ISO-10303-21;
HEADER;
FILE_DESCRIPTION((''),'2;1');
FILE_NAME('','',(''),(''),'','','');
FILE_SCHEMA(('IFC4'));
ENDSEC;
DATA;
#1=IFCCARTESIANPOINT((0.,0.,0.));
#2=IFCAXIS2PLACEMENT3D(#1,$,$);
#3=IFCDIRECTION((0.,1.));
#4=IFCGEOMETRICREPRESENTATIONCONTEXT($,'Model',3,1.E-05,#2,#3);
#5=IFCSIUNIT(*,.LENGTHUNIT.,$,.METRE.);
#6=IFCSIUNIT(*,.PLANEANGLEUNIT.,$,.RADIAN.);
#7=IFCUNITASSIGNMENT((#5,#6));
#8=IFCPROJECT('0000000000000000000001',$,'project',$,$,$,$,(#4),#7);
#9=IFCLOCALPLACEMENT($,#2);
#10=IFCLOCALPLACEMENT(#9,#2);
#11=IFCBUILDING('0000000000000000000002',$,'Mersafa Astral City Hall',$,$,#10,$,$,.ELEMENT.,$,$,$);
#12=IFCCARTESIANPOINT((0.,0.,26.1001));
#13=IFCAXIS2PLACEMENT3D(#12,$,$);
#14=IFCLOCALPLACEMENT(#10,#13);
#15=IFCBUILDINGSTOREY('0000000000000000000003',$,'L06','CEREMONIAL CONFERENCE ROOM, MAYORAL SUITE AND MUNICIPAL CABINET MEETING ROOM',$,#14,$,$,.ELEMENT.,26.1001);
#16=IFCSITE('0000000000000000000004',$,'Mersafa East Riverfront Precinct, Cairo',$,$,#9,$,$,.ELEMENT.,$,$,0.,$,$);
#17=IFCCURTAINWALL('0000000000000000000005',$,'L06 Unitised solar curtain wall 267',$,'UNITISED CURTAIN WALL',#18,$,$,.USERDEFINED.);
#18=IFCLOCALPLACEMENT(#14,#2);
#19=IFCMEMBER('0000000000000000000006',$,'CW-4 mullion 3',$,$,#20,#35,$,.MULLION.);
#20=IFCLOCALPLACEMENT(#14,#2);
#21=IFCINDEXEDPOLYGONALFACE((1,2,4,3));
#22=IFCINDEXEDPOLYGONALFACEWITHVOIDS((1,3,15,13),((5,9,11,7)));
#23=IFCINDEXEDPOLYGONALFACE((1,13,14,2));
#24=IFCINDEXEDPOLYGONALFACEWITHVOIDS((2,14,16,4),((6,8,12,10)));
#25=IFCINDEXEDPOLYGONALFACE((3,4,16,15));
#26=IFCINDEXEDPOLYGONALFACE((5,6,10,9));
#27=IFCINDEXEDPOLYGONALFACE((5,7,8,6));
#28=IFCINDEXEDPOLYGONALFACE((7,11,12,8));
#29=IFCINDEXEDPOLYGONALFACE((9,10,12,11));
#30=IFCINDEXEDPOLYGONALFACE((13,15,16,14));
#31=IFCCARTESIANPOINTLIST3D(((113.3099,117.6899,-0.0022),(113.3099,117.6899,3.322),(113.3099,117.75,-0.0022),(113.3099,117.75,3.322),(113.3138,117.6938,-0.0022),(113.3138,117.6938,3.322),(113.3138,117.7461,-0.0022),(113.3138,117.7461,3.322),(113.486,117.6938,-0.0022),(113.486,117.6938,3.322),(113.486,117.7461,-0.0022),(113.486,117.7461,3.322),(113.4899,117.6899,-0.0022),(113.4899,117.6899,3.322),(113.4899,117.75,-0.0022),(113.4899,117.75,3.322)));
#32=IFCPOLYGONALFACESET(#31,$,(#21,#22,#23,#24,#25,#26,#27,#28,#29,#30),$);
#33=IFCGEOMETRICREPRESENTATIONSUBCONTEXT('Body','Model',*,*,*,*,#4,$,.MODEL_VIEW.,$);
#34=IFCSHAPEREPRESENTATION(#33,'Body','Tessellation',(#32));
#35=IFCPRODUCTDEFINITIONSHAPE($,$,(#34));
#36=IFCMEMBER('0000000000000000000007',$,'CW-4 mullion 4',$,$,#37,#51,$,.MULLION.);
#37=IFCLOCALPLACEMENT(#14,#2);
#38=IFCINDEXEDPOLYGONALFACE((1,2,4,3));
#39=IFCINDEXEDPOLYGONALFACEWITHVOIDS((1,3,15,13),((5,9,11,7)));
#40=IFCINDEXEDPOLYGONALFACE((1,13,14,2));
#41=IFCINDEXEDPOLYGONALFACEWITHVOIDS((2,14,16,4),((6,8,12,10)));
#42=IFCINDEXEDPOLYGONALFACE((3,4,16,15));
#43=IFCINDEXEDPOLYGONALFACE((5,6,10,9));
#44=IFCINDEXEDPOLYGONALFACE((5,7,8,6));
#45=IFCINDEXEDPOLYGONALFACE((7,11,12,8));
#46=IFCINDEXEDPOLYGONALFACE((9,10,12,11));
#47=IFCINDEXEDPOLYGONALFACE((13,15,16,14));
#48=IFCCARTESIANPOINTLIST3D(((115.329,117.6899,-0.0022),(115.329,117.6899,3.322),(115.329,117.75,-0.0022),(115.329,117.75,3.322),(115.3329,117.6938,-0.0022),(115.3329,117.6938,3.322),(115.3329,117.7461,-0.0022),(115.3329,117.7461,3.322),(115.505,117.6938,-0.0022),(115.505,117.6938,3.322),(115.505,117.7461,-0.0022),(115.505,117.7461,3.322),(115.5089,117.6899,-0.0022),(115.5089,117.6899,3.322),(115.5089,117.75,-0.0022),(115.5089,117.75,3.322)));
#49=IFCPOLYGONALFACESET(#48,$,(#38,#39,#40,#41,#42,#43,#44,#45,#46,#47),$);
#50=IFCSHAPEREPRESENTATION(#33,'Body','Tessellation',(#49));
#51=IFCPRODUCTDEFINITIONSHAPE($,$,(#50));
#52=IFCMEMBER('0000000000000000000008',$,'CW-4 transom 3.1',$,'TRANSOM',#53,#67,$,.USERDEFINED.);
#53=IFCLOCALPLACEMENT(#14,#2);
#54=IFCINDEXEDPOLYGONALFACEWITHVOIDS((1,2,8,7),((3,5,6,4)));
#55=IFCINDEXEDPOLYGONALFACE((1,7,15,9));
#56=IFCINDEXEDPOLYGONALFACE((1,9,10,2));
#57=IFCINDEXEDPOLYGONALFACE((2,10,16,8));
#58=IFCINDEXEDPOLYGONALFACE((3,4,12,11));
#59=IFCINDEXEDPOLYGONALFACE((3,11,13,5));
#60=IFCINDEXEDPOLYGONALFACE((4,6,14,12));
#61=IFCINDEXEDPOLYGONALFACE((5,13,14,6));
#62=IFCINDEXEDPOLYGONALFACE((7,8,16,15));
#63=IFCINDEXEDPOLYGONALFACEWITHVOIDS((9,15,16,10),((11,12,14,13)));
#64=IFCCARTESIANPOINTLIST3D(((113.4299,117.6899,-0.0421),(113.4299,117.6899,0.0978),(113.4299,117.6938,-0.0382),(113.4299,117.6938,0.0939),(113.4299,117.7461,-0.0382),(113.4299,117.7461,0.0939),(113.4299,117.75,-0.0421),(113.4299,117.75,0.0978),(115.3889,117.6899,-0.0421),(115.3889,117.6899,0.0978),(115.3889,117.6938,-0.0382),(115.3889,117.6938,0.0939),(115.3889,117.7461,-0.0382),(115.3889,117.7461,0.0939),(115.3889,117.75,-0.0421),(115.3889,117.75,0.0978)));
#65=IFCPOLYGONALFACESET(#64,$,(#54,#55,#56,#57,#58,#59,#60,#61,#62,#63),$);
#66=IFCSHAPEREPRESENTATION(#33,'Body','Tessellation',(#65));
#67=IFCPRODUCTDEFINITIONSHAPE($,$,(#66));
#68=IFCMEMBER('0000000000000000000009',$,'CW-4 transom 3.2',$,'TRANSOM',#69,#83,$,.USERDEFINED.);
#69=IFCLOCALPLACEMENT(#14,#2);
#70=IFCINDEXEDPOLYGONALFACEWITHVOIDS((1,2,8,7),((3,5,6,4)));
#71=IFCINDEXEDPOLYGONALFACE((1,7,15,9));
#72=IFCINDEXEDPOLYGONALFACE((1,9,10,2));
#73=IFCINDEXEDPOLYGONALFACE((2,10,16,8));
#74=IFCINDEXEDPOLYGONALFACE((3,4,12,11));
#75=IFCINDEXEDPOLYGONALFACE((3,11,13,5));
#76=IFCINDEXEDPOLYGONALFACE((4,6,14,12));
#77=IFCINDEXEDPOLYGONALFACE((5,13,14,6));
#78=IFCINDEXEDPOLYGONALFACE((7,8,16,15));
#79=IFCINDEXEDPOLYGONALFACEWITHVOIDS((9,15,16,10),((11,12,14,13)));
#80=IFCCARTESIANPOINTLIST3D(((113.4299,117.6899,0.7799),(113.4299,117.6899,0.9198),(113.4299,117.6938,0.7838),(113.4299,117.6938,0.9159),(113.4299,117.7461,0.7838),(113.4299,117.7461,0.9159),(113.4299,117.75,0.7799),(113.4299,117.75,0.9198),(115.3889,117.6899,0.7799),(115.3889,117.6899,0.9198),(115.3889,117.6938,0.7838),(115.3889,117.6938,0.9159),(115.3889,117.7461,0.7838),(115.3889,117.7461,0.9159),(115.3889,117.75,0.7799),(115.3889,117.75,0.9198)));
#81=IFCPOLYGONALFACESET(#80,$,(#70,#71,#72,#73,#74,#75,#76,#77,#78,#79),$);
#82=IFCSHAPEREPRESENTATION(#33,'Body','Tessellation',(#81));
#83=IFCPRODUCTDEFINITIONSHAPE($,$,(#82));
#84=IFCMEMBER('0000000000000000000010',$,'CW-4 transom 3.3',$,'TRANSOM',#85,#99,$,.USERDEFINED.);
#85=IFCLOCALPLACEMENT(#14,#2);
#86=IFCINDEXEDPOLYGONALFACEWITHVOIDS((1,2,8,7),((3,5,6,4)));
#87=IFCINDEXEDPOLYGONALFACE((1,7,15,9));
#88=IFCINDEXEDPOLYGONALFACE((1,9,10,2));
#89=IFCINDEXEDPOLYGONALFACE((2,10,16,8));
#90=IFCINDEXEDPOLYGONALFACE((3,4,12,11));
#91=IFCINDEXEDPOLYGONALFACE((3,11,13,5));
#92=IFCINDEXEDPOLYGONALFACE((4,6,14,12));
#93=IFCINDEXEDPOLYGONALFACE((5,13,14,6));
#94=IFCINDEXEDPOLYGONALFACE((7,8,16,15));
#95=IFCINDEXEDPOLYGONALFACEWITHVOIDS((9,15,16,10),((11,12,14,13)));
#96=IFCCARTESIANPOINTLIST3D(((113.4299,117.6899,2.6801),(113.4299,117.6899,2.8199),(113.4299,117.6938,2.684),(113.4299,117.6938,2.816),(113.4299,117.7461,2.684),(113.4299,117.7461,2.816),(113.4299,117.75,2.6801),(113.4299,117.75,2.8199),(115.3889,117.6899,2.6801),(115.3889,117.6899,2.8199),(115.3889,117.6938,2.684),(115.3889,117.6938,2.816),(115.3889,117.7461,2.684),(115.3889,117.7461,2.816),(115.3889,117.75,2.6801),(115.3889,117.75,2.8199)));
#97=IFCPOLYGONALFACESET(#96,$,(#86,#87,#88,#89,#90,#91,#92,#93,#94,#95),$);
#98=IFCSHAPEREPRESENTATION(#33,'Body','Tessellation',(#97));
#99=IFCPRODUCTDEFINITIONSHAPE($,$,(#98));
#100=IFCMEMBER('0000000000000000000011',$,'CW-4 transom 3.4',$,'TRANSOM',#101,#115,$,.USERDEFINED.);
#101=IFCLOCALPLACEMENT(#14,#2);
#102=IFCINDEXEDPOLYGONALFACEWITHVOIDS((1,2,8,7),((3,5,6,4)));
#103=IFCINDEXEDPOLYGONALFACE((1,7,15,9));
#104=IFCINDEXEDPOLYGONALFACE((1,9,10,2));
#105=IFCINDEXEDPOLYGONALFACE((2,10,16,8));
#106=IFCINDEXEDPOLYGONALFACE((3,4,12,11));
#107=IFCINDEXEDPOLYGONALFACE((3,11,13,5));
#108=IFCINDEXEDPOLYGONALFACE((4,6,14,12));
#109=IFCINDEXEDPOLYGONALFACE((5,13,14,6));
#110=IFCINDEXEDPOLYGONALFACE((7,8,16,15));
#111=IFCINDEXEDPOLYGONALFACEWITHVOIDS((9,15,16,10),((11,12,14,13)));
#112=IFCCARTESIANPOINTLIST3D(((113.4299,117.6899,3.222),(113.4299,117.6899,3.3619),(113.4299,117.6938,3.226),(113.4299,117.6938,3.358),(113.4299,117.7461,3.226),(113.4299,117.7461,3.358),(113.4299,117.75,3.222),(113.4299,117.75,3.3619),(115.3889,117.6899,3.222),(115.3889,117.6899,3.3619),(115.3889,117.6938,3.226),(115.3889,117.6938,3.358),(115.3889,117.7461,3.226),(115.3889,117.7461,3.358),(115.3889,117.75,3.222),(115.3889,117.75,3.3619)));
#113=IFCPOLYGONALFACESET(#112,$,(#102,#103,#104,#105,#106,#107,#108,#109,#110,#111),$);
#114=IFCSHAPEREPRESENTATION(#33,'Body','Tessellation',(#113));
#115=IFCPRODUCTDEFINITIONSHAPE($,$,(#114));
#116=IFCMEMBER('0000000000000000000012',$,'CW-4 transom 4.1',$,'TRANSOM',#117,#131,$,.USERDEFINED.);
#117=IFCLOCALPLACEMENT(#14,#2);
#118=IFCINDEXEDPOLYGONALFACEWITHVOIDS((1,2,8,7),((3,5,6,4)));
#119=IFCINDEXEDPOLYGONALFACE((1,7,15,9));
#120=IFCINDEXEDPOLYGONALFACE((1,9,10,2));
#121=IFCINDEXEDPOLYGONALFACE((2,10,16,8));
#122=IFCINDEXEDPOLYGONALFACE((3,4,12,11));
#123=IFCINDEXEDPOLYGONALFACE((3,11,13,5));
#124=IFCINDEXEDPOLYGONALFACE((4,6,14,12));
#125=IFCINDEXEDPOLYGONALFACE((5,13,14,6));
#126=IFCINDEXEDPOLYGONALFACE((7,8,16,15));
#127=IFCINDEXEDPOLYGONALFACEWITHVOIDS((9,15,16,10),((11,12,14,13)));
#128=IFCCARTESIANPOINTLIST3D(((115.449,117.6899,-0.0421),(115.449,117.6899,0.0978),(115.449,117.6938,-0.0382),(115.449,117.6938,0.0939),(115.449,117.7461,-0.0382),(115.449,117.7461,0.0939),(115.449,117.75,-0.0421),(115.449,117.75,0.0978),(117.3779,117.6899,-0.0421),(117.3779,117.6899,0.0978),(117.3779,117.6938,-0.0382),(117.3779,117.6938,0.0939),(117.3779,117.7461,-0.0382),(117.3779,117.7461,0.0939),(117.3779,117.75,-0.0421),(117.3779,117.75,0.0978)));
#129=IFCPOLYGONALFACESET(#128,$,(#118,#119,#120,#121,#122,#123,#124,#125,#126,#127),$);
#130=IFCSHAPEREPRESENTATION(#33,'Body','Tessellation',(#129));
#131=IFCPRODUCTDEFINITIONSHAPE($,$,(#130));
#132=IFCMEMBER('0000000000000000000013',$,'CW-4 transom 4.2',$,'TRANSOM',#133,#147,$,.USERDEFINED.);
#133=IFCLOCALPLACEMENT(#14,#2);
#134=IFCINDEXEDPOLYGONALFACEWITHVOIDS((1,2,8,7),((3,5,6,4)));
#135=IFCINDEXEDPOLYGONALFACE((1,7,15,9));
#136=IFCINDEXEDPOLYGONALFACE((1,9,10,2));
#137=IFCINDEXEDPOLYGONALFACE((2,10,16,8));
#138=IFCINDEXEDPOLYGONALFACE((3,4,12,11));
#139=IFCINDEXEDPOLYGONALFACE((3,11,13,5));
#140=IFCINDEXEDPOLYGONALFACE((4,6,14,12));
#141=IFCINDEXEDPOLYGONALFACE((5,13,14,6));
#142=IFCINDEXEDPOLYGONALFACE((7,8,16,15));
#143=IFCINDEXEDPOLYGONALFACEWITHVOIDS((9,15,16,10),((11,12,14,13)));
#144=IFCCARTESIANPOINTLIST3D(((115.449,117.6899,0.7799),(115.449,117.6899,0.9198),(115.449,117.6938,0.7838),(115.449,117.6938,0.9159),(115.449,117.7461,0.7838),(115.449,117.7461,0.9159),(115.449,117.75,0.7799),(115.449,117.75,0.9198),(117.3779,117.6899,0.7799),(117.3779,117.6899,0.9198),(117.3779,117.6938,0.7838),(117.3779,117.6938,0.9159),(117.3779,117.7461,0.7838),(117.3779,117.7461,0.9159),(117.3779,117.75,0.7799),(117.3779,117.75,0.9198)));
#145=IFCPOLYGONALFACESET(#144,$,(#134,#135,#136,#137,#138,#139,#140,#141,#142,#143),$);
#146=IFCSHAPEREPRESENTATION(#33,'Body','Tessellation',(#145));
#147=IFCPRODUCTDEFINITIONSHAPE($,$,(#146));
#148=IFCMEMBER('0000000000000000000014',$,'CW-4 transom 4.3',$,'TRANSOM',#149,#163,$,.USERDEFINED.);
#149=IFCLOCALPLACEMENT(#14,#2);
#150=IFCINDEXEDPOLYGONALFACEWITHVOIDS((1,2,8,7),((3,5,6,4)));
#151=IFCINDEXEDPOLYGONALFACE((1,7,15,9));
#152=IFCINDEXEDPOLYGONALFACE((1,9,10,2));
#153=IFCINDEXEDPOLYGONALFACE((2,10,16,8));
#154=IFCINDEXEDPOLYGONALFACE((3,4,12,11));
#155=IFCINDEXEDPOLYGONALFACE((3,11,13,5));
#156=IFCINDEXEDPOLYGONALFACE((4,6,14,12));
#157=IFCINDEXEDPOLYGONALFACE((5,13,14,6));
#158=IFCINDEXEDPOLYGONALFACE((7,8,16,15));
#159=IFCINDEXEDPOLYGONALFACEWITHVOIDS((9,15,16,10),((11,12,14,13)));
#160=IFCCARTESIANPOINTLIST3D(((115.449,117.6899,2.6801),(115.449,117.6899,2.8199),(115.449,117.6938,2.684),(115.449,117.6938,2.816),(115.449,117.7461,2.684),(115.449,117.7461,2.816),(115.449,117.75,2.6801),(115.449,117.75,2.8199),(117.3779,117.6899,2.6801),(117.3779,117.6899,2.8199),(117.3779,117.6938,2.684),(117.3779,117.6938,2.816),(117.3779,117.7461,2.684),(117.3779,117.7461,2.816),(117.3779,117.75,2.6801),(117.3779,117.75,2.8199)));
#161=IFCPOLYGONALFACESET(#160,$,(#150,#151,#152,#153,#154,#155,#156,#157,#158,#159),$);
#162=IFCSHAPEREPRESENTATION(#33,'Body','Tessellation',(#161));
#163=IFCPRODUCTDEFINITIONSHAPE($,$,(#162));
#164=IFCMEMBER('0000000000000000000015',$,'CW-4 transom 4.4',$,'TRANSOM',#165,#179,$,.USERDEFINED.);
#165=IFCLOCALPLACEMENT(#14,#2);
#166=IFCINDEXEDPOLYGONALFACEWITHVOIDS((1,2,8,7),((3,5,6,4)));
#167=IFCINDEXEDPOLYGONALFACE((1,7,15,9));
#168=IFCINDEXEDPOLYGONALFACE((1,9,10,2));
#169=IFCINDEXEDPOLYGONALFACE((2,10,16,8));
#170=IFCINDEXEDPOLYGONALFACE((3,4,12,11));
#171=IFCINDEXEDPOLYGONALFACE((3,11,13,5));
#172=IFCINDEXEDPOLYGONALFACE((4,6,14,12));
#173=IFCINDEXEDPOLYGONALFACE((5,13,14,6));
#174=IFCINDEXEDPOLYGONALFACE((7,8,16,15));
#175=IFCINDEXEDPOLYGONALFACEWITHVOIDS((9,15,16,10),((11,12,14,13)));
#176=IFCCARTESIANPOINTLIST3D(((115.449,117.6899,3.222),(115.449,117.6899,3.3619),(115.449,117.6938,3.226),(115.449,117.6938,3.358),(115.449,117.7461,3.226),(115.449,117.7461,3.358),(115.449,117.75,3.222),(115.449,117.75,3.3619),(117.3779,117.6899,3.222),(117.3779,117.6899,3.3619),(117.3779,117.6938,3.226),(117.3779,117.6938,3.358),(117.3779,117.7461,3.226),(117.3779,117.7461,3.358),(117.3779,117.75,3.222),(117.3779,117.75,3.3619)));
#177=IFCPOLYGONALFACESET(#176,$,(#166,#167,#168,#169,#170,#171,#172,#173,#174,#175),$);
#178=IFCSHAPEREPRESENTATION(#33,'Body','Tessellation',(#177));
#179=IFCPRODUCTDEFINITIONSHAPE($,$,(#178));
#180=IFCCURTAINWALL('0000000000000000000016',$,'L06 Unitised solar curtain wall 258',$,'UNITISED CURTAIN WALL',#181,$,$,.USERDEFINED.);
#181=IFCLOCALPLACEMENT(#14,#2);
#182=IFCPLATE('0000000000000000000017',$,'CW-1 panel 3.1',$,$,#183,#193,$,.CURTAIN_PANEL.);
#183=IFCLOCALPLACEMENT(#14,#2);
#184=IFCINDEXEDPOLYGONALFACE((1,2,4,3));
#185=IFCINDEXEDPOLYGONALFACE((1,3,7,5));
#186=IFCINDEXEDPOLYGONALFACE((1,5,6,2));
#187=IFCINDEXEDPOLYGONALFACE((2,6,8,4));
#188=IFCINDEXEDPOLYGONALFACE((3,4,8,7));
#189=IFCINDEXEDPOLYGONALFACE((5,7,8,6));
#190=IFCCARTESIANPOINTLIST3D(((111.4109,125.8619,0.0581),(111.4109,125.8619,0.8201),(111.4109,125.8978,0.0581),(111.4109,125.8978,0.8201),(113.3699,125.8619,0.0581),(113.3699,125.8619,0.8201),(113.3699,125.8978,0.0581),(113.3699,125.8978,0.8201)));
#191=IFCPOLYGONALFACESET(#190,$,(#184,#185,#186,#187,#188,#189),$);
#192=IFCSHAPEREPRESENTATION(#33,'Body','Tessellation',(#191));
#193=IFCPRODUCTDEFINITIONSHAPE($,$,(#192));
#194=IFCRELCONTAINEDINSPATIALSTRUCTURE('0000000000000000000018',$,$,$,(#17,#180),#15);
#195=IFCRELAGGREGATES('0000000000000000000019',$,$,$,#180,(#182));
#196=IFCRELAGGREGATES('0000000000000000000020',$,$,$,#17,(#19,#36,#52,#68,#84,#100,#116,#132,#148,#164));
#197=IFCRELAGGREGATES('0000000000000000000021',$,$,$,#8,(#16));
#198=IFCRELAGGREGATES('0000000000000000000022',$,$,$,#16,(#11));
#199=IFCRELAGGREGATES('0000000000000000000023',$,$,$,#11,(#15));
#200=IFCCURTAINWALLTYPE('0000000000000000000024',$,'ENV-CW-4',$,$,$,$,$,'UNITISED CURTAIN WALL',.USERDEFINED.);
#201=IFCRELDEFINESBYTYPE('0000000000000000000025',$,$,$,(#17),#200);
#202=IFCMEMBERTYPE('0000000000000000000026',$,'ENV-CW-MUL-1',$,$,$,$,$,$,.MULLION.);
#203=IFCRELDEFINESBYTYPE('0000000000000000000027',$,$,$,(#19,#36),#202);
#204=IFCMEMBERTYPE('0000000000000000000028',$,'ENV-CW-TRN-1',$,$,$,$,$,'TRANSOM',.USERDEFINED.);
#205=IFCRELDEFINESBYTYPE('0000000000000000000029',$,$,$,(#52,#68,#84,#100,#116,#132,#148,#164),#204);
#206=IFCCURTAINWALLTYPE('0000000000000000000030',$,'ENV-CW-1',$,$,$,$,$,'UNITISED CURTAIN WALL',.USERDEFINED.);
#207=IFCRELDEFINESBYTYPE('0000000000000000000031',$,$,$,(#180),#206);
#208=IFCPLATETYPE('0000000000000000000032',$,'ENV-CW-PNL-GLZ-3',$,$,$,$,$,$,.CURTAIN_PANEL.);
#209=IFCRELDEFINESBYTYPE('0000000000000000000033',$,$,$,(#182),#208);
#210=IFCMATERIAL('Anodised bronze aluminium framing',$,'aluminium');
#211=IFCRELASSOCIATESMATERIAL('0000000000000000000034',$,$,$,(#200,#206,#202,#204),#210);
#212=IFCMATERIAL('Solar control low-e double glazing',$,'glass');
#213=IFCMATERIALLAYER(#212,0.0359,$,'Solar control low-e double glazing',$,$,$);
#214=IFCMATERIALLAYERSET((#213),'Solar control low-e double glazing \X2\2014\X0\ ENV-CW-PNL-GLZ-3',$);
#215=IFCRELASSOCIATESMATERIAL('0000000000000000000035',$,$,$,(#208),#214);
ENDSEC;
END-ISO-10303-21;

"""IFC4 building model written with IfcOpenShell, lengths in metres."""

from ifc_helpers import new_model, si_unit, direction, frame, origin, origin_2d, place, context, subcontext, project, spatial, rectangle, hollow_rectangle, extrude, material, layer, layer_set, material_profile, profile_set, type_object, element, aggregate, save


model = new_model("IFC4")

# Units and contexts
model_context = context("Model", 3, precision=1e-05, world=origin(), true_north=direction((0.0, 1.0)))
body_context = subcontext(model_context, "Body", "Model", "MODEL_VIEW")
ifc_project = project(units=[si_unit("LENGTHUNIT", "METRE"), si_unit("PLANEANGLEUNIT", "RADIAN")], contexts=[model_context])

# Site, building, storey
site_placement = place(None, origin())
site = spatial("IfcSite", under=ifc_project, at=site_placement, Name="Mersafa East Riverfront Precinct, Cairo", CompositionType="ELEMENT", RefElevation=0.0)
building_placement = place(site_placement, origin())
building = spatial("IfcBuilding", under=site, at=building_placement, Name="Mersafa Astral City Hall", CompositionType="ELEMENT")
storey_placement = place(building_placement, frame((0.0, 0.0, 26.1001)))
storey = spatial("IfcBuildingStorey", under=building, at=storey_placement, Name="L06", Description="CEREMONIAL CONFERENCE ROOM, MAYORAL SUITE AND MUNICIPAL CABINET MEETING ROOM", CompositionType="ELEMENT", Elevation=26.1001)

# Curtain wall, members
ifc_material_1 = material(Name="Anodised bronze aluminium framing", Category="aluminium")
curtain_wall_type_1 = type_object("IfcCurtainWallType", Name="ENV-CW-4", ElementType="UNITISED CURTAIN WALL", PredefinedType="USERDEFINED", material=ifc_material_1)
curtain_wall_1_placement = place(storey_placement, origin())
curtain_wall_1 = element("IfcCurtainWall", 1, at=curtain_wall_1_placement, inside=storey, type_object=curtain_wall_type_1, Name="L06 Unitised solar curtain wall 267", ObjectType="UNITISED CURTAIN WALL", PredefinedType="USERDEFINED")
ifc_material_profile_1 = material_profile(ifc_material_1, hollow_rectangle(XDim=0.0601, YDim=0.1799, WallThickness=0.0039, at=origin_2d()), Name="RHS 60x180x4")
ifc_profile_set_1 = profile_set([ifc_material_profile_1], Name="Anodised bronze aluminium framing")
member_type_1 = type_object("IfcMemberType", Name="ENV-CW-MUL-1", PredefinedType="MULLION", material=ifc_profile_set_1)
member_1_placement = place(storey_placement, frame((113.3999, 117.72, -0.0022), z_axis=(0.0, 0.0, 1.0), x_axis=(0.0, 1.0, 0.0)))
member_1 = element("IfcMember", 2, at=member_1_placement, type_object=member_type_1, Name="CW-4 mullion 3", PredefinedType="MULLION", context=body_context, shape_type="SweptSolid", body=[
    extrude(hollow_rectangle(XDim=0.0601, YDim=0.1799, WallThickness=0.0039, at=origin_2d()), origin(), (0.0, 0.0, 1.0), 3.3242),
])
member_2_placement = place(storey_placement, frame((115.4189, 117.72, -0.0022), z_axis=(0.0, 0.0, 1.0), x_axis=(0.0, 1.0, 0.0)))
member_2 = element("IfcMember", 3, at=member_2_placement, type_object=member_type_1, Name="CW-4 mullion 4", PredefinedType="MULLION", context=body_context, shape_type="SweptSolid", body=[
    extrude(hollow_rectangle(XDim=0.0601, YDim=0.1799, WallThickness=0.0039, at=origin_2d()), origin(), (0.0, 0.0, 1.0), 3.3242),
])
ifc_material_profile_2 = material_profile(ifc_material_1, hollow_rectangle(XDim=0.0601, YDim=0.1399, WallThickness=0.0039, at=origin_2d()), Name="RHS 60x140x4")
ifc_profile_set_2 = profile_set([ifc_material_profile_2], Name="Anodised bronze aluminium framing")
member_type_2 = type_object("IfcMemberType", Name="ENV-CW-TRN-1", ElementType="TRANSOM", PredefinedType="USERDEFINED", material=ifc_profile_set_2)
member_3_placement = place(storey_placement, frame((113.4299, 117.72, 0.0278), z_axis=(1.0, 0.0, 0.0), x_axis=(0.0, 1.0, 0.0)))
member_3 = element("IfcMember", 4, at=member_3_placement, type_object=member_type_2, Name="CW-4 transom 3.1", ObjectType="TRANSOM", PredefinedType="USERDEFINED", context=body_context, shape_type="SweptSolid", body=[
    extrude(hollow_rectangle(XDim=0.0601, YDim=0.1399, WallThickness=0.0039, at=origin_2d()), origin(), (0.0, 0.0, 1.0), 1.959),
])
member_4_placement = place(storey_placement, frame((113.4299, 117.72, 0.8499), z_axis=(1.0, 0.0, 0.0), x_axis=(0.0, 1.0, 0.0)))
member_4 = element("IfcMember", 5, at=member_4_placement, type_object=member_type_2, Name="CW-4 transom 3.2", ObjectType="TRANSOM", PredefinedType="USERDEFINED", context=body_context, shape_type="SweptSolid", body=[
    extrude(hollow_rectangle(XDim=0.0601, YDim=0.1399, WallThickness=0.0039, at=origin_2d()), origin(), (0.0, 0.0, 1.0), 1.959),
])
member_5_placement = place(storey_placement, frame((113.4299, 117.72, 2.75), z_axis=(1.0, 0.0, 0.0), x_axis=(0.0, 1.0, 0.0)))
member_5 = element("IfcMember", 6, at=member_5_placement, type_object=member_type_2, Name="CW-4 transom 3.3", ObjectType="TRANSOM", PredefinedType="USERDEFINED", context=body_context, shape_type="SweptSolid", body=[
    extrude(hollow_rectangle(XDim=0.0601, YDim=0.1399, WallThickness=0.0039, at=origin_2d()), origin(), (0.0, 0.0, 1.0), 1.959),
])
member_6_placement = place(storey_placement, frame((113.4299, 117.72, 3.292), z_axis=(1.0, 0.0, 0.0), x_axis=(0.0, 1.0, 0.0)))
member_6 = element("IfcMember", 7, at=member_6_placement, type_object=member_type_2, Name="CW-4 transom 3.4", ObjectType="TRANSOM", PredefinedType="USERDEFINED", context=body_context, shape_type="SweptSolid", body=[
    extrude(hollow_rectangle(XDim=0.0601, YDim=0.1399, WallThickness=0.0039, at=origin_2d()), origin(), (0.0, 0.0, 1.0), 1.959),
])
member_7_placement = place(storey_placement, frame((115.449, 117.72, 0.0278), z_axis=(1.0, 0.0, 0.0), x_axis=(0.0, 1.0, 0.0)))
member_7 = element("IfcMember", 8, at=member_7_placement, type_object=member_type_2, Name="CW-4 transom 4.1", ObjectType="TRANSOM", PredefinedType="USERDEFINED", context=body_context, shape_type="SweptSolid", body=[
    extrude(hollow_rectangle(XDim=0.0601, YDim=0.1399, WallThickness=0.0039, at=origin_2d()), origin(), (0.0, 0.0, 1.0), 1.929),
])
member_8_placement = place(storey_placement, frame((115.449, 117.72, 0.8499), z_axis=(1.0, 0.0, 0.0), x_axis=(0.0, 1.0, 0.0)))
member_8 = element("IfcMember", 9, at=member_8_placement, type_object=member_type_2, Name="CW-4 transom 4.2", ObjectType="TRANSOM", PredefinedType="USERDEFINED", context=body_context, shape_type="SweptSolid", body=[
    extrude(hollow_rectangle(XDim=0.0601, YDim=0.1399, WallThickness=0.0039, at=origin_2d()), origin(), (0.0, 0.0, 1.0), 1.929),
])
member_9_placement = place(storey_placement, frame((115.449, 117.72, 2.75), z_axis=(1.0, 0.0, 0.0), x_axis=(0.0, 1.0, 0.0)))
member_9 = element("IfcMember", 10, at=member_9_placement, type_object=member_type_2, Name="CW-4 transom 4.3", ObjectType="TRANSOM", PredefinedType="USERDEFINED", context=body_context, shape_type="SweptSolid", body=[
    extrude(hollow_rectangle(XDim=0.0601, YDim=0.1399, WallThickness=0.0039, at=origin_2d()), origin(), (0.0, 0.0, 1.0), 1.929),
])
member_10_placement = place(storey_placement, frame((115.449, 117.72, 3.292), z_axis=(1.0, 0.0, 0.0), x_axis=(0.0, 1.0, 0.0)))
member_10 = element("IfcMember", 11, at=member_10_placement, type_object=member_type_2, Name="CW-4 transom 4.4", ObjectType="TRANSOM", PredefinedType="USERDEFINED", context=body_context, shape_type="SweptSolid", body=[
    extrude(hollow_rectangle(XDim=0.0601, YDim=0.1399, WallThickness=0.0039, at=origin_2d()), origin(), (0.0, 0.0, 1.0), 1.929),
])

# Curtain wall, plate
curtain_wall_type_2 = type_object("IfcCurtainWallType", Name="ENV-CW-1", ElementType="UNITISED CURTAIN WALL", PredefinedType="USERDEFINED", material=ifc_material_1)
curtain_wall_2_placement = place(storey_placement, origin())
curtain_wall_2 = element("IfcCurtainWall", 12, at=curtain_wall_2_placement, inside=storey, type_object=curtain_wall_type_2, Name="L06 Unitised solar curtain wall 258", ObjectType="UNITISED CURTAIN WALL", PredefinedType="USERDEFINED")
ifc_material_2 = material(Name="Solar control low-e double glazing", Category="glass")
ifc_layer_1 = layer(ifc_material_2, 0.0359, Name="Solar control low-e double glazing")
ifc_layer_set_1 = layer_set([ifc_layer_1], Name="Solar control low-e double glazing — ENV-CW-PNL-GLZ-3")
plate_type_1 = type_object("IfcPlateType", Name="ENV-CW-PNL-GLZ-3", PredefinedType="CURTAIN_PANEL", material=ifc_layer_set_1)
plate_1_placement = place(storey_placement, frame((112.3904, 125.8799, 0.0581), z_axis=(0.0, 0.0, 1.0), x_axis=(-1.0, 0.0, 0.0)))
plate_1 = element("IfcPlate", 13, at=plate_1_placement, type_object=plate_type_1, Name="CW-1 panel 3.1", PredefinedType="CURTAIN_PANEL", context=body_context, shape_type="SweptSolid", body=[
    extrude(rectangle(XDim=1.959, YDim=0.0359, at=origin_2d()), origin(), (0.0, 0.0, 1.0), 0.762),
])
aggregate(curtain_wall_2, [plate_1])

aggregate(curtain_wall_1, [member_1, member_2, member_3, member_4, member_5, member_6, member_7, member_8, member_9, member_10])

save(model, "model.ifc")
